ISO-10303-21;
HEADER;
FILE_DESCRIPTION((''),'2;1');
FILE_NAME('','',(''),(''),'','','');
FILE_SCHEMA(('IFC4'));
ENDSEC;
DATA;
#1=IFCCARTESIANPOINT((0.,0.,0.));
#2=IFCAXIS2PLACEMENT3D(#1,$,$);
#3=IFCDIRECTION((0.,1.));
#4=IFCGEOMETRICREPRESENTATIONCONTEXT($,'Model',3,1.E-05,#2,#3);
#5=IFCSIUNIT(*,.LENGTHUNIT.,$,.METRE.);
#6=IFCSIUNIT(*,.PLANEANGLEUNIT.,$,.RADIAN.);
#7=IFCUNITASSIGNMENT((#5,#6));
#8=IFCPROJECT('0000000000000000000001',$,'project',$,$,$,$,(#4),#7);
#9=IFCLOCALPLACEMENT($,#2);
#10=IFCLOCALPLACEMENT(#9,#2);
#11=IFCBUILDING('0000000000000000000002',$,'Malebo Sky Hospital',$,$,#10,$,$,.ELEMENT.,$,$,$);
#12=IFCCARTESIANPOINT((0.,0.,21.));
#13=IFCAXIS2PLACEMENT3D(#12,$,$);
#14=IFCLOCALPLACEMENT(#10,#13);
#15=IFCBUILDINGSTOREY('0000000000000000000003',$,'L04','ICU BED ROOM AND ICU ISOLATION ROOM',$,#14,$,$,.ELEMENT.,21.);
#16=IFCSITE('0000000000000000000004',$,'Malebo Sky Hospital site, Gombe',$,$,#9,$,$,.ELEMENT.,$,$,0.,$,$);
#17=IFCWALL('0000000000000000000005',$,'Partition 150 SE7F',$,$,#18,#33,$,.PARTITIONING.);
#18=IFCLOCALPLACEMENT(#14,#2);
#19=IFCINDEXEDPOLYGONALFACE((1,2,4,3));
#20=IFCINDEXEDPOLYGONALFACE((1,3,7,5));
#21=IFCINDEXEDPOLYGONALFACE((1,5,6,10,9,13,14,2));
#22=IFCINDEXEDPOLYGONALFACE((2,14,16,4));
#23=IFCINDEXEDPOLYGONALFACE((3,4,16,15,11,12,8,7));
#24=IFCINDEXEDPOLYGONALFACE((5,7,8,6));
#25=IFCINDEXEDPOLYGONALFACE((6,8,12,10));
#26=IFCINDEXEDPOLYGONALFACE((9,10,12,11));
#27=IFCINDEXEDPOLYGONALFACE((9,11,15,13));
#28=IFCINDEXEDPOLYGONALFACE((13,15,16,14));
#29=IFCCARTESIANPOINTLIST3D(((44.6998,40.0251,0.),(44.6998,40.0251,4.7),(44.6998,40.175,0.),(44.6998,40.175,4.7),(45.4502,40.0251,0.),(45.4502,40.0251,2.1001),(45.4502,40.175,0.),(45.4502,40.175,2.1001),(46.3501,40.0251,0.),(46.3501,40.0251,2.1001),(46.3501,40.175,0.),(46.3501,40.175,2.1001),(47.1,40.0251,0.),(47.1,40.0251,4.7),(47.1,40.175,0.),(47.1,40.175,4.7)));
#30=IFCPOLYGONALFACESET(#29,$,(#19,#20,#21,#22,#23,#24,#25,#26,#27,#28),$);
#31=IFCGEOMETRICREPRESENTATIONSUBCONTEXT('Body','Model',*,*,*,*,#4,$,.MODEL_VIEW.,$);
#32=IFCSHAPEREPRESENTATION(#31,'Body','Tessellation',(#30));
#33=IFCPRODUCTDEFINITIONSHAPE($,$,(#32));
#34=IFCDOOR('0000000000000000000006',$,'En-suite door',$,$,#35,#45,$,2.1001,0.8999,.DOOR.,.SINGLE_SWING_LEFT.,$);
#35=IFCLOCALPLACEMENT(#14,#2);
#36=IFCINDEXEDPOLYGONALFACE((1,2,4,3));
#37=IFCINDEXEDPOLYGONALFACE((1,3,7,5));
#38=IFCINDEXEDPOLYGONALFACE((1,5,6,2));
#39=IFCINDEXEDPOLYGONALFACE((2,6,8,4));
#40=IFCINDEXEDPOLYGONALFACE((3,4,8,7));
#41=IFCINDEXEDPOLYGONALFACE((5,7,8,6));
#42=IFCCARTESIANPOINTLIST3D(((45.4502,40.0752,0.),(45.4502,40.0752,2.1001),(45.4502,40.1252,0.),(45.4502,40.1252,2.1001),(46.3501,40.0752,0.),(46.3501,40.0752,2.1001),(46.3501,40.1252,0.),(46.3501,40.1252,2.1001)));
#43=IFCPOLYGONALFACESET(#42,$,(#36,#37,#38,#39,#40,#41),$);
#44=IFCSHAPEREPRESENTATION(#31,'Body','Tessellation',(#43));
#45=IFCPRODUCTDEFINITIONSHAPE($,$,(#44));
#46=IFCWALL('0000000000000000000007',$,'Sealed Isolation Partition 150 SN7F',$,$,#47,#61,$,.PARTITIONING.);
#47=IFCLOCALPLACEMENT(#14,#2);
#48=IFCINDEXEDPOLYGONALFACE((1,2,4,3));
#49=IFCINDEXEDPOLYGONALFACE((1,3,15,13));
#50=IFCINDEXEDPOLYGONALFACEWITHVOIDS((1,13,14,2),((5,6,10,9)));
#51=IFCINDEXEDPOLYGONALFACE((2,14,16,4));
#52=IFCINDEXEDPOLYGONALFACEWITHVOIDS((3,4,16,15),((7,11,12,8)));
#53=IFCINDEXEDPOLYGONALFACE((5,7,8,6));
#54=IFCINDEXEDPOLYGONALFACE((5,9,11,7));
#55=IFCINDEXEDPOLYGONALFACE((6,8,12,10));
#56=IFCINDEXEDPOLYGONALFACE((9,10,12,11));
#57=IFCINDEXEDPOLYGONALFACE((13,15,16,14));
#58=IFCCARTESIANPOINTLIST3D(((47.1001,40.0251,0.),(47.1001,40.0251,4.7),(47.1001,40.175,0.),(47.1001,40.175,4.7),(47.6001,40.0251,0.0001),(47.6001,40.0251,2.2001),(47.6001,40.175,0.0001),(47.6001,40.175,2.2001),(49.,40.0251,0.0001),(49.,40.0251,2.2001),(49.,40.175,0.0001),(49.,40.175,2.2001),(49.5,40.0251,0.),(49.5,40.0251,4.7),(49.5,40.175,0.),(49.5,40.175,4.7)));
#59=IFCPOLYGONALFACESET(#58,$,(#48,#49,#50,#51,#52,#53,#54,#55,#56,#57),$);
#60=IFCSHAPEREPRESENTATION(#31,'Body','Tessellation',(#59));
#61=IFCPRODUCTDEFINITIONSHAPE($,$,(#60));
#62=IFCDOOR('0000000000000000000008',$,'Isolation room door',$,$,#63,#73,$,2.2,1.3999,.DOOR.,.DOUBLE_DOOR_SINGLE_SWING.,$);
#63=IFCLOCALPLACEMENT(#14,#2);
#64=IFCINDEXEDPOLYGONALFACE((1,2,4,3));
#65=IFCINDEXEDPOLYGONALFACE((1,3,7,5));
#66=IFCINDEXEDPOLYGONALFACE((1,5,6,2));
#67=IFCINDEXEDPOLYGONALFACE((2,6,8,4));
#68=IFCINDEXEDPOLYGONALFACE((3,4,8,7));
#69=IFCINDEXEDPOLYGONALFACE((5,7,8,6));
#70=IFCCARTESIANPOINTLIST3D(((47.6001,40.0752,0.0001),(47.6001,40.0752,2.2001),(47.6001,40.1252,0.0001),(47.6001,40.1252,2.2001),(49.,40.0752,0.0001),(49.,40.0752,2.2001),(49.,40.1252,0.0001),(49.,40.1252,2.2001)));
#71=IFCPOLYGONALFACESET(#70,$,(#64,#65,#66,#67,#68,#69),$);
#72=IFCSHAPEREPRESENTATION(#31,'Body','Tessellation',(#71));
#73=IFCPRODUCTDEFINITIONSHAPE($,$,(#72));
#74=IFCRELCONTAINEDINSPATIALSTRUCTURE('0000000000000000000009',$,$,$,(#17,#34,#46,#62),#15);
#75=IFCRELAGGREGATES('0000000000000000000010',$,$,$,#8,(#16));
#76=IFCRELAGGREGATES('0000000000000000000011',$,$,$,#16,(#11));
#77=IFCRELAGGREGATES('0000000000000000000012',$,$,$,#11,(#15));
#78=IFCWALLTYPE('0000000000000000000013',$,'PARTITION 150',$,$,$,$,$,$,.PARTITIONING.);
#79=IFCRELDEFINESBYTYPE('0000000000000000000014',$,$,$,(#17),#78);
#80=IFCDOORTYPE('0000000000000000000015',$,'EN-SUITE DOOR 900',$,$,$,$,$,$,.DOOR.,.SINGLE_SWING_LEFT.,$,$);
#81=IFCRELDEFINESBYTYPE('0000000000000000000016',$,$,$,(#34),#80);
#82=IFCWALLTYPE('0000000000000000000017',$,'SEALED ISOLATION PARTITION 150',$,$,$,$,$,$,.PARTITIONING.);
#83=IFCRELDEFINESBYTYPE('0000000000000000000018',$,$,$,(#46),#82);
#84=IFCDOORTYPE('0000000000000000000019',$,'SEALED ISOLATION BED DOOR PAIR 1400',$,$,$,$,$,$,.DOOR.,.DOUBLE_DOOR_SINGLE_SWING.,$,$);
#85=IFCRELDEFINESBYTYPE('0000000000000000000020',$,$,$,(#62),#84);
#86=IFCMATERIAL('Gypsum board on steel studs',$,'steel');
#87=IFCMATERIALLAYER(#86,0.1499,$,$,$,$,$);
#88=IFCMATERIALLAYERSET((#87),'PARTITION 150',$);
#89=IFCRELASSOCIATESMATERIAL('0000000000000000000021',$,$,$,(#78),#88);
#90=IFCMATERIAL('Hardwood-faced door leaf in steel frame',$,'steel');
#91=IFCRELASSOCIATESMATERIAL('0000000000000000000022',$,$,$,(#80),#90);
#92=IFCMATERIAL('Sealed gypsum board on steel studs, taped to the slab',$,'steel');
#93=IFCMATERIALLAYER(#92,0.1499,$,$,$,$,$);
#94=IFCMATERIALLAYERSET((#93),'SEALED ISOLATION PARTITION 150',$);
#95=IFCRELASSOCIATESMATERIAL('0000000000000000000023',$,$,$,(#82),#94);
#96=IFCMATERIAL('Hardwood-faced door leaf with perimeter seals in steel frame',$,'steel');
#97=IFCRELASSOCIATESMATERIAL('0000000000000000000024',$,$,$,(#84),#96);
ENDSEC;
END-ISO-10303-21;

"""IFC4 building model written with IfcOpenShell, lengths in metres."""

from ifc_helpers import new_model, si_unit, direction, frame, frame_2d, origin, place, context, subcontext, project, spatial, rectangle, extrude, material, layer, layer_set, type_object, element, fill, save


model = new_model("IFC4")

# Units and contexts
model_context = context("Model", 3, precision=1e-05, world=origin(), true_north=direction((0.0, 1.0)))
body_context = subcontext(model_context, "Body", "Model", "MODEL_VIEW")
ifc_project = project(units=[si_unit("LENGTHUNIT", "METRE"), si_unit("PLANEANGLEUNIT", "RADIAN")], contexts=[model_context])

# Site, building, storey
site_placement = place(None, origin())
site = spatial("IfcSite", under=ifc_project, at=site_placement, Name="Malebo Sky Hospital site, Gombe", CompositionType="ELEMENT", RefElevation=0.0)
building_placement = place(site_placement, origin())
building = spatial("IfcBuilding", under=site, at=building_placement, Name="Malebo Sky Hospital", CompositionType="ELEMENT")
storey_placement = place(building_placement, frame((0.0, 0.0, 21.0)))
storey = spatial("IfcBuildingStorey", under=building, at=storey_placement, Name="L04", Description="ICU BED ROOM AND ICU ISOLATION ROOM", CompositionType="ELEMENT", Elevation=21.0)

# Walls, openings, doors
ifc_material_1 = material(Name="Gypsum board on steel studs", Category="steel")
ifc_layer_1 = layer(ifc_material_1, 0.1499)
ifc_layer_set_1 = layer_set([ifc_layer_1], Name="PARTITION 150")
wall_type_1 = type_object("IfcWallType", Name="PARTITION 150", PredefinedType="PARTITIONING", material=ifc_layer_set_1)
wall_1_placement = place(storey_placement, frame((47.1001, 40.1001, 0.0), z_axis=(0.0, 0.0, 1.0), x_axis=(-1.0, 0.0, 0.0)))
wall_1 = element("IfcWall", 1, at=wall_1_placement, inside=storey, type_object=wall_type_1, Name="Partition 150 SE7F", PredefinedType="PARTITIONING", context=body_context, shape_type="SweptSolid", body=[
    extrude(rectangle(XDim=2.4001, YDim=0.1499, at=frame_2d((1.2002, 0.0))), origin(), (0.0, 0.0, 1.0), 4.7),
])
opening_1_placement = place(wall_1_placement, frame((0.75, 0.0, 0.0)))
opening_1 = element("IfcOpeningElement", 2, at=opening_1_placement, cuts=wall_1, PredefinedType="OPENING", context=body_context, shape_type="SweptSolid", body=[
    extrude(rectangle(XDim=0.8999, YDim=2.1001, at=frame_2d((0.45, 1.05))), frame((0.0, 0.085, 0.0), z_axis=(0.0, -1.0, 0.0), x_axis=(1.0, 0.0, 0.0)), (0.0, 0.0, 1.0), 0.1699),
])
ifc_material_2 = material(Name="Hardwood-faced door leaf in steel frame", Category="steel")
door_type_1 = type_object("IfcDoorType", Name="EN-SUITE DOOR 900", OperationType="SINGLE_SWING_LEFT", PredefinedType="DOOR", material=ifc_material_2)
door_1_placement = place(opening_1_placement, origin())
door_1 = element("IfcDoor", 3, at=door_1_placement, inside=storey, type_object=door_type_1, Name="En-suite door", OperationType="SINGLE_SWING_LEFT", OverallHeight=2.1001, OverallWidth=0.8999, PredefinedType="DOOR", context=body_context, shape_type="SweptSolid", body=[
    extrude(rectangle(XDim=0.8999, YDim=2.1001, at=frame_2d((0.45, 1.05))), frame((0.0, 0.0249, 0.0), z_axis=(0.0, -1.0, 0.0), x_axis=(1.0, 0.0, 0.0)), (0.0, 0.0, 1.0), 0.05),
])
fill(opening_1, door_1)
ifc_material_3 = material(Name="Sealed gypsum board on steel studs, taped to the slab", Category="steel")
ifc_layer_2 = layer(ifc_material_3, 0.1499)
ifc_layer_set_2 = layer_set([ifc_layer_2], Name="SEALED ISOLATION PARTITION 150")
wall_type_2 = type_object("IfcWallType", Name="SEALED ISOLATION PARTITION 150", PredefinedType="PARTITIONING", material=ifc_layer_set_2)
wall_2_placement = place(storey_placement, frame((49.5, 40.1001, 0.0), z_axis=(0.0, 0.0, 1.0), x_axis=(-1.0, 0.0, 0.0)))
wall_2 = element("IfcWall", 4, at=wall_2_placement, inside=storey, type_object=wall_type_2, Name="Sealed Isolation Partition 150 SN7F", PredefinedType="PARTITIONING", context=body_context, shape_type="SweptSolid", body=[
    extrude(rectangle(XDim=2.3999, YDim=0.1499, at=frame_2d((1.2, 0.0))), origin(), (0.0, 0.0, 1.0), 4.7),
])
opening_2_placement = place(wall_2_placement, frame((0.5, 0.0, 0.0)))
opening_2 = element("IfcOpeningElement", 5, at=opening_2_placement, cuts=wall_2, PredefinedType="OPENING", context=body_context, shape_type="SweptSolid", body=[
    extrude(rectangle(XDim=1.3999, YDim=2.2, at=frame_2d((0.7, 1.1001))), frame((0.0, 0.085, 0.0), z_axis=(0.0, -1.0, 0.0), x_axis=(1.0, 0.0, 0.0)), (0.0, 0.0, 1.0), 0.1699),
])
ifc_material_4 = material(Name="Hardwood-faced door leaf with perimeter seals in steel frame", Category="steel")
door_type_2 = type_object("IfcDoorType", Name="SEALED ISOLATION BED DOOR PAIR 1400", OperationType="DOUBLE_DOOR_SINGLE_SWING", PredefinedType="DOOR", material=ifc_material_4)
door_2_placement = place(opening_2_placement, origin())
door_2 = element("IfcDoor", 6, at=door_2_placement, inside=storey, type_object=door_type_2, Name="Isolation room door", OperationType="DOUBLE_DOOR_SINGLE_SWING", OverallHeight=2.2, OverallWidth=1.3999, PredefinedType="DOOR", context=body_context, shape_type="SweptSolid", body=[
    extrude(rectangle(XDim=1.3999, YDim=2.2, at=frame_2d((0.7, 1.1001))), frame((0.0, 0.0249, 0.0), z_axis=(0.0, -1.0, 0.0), x_axis=(1.0, 0.0, 0.0)), (0.0, 0.0, 1.0), 0.05),
])
fill(opening_2, door_2)

save(model, "model.ifc")
